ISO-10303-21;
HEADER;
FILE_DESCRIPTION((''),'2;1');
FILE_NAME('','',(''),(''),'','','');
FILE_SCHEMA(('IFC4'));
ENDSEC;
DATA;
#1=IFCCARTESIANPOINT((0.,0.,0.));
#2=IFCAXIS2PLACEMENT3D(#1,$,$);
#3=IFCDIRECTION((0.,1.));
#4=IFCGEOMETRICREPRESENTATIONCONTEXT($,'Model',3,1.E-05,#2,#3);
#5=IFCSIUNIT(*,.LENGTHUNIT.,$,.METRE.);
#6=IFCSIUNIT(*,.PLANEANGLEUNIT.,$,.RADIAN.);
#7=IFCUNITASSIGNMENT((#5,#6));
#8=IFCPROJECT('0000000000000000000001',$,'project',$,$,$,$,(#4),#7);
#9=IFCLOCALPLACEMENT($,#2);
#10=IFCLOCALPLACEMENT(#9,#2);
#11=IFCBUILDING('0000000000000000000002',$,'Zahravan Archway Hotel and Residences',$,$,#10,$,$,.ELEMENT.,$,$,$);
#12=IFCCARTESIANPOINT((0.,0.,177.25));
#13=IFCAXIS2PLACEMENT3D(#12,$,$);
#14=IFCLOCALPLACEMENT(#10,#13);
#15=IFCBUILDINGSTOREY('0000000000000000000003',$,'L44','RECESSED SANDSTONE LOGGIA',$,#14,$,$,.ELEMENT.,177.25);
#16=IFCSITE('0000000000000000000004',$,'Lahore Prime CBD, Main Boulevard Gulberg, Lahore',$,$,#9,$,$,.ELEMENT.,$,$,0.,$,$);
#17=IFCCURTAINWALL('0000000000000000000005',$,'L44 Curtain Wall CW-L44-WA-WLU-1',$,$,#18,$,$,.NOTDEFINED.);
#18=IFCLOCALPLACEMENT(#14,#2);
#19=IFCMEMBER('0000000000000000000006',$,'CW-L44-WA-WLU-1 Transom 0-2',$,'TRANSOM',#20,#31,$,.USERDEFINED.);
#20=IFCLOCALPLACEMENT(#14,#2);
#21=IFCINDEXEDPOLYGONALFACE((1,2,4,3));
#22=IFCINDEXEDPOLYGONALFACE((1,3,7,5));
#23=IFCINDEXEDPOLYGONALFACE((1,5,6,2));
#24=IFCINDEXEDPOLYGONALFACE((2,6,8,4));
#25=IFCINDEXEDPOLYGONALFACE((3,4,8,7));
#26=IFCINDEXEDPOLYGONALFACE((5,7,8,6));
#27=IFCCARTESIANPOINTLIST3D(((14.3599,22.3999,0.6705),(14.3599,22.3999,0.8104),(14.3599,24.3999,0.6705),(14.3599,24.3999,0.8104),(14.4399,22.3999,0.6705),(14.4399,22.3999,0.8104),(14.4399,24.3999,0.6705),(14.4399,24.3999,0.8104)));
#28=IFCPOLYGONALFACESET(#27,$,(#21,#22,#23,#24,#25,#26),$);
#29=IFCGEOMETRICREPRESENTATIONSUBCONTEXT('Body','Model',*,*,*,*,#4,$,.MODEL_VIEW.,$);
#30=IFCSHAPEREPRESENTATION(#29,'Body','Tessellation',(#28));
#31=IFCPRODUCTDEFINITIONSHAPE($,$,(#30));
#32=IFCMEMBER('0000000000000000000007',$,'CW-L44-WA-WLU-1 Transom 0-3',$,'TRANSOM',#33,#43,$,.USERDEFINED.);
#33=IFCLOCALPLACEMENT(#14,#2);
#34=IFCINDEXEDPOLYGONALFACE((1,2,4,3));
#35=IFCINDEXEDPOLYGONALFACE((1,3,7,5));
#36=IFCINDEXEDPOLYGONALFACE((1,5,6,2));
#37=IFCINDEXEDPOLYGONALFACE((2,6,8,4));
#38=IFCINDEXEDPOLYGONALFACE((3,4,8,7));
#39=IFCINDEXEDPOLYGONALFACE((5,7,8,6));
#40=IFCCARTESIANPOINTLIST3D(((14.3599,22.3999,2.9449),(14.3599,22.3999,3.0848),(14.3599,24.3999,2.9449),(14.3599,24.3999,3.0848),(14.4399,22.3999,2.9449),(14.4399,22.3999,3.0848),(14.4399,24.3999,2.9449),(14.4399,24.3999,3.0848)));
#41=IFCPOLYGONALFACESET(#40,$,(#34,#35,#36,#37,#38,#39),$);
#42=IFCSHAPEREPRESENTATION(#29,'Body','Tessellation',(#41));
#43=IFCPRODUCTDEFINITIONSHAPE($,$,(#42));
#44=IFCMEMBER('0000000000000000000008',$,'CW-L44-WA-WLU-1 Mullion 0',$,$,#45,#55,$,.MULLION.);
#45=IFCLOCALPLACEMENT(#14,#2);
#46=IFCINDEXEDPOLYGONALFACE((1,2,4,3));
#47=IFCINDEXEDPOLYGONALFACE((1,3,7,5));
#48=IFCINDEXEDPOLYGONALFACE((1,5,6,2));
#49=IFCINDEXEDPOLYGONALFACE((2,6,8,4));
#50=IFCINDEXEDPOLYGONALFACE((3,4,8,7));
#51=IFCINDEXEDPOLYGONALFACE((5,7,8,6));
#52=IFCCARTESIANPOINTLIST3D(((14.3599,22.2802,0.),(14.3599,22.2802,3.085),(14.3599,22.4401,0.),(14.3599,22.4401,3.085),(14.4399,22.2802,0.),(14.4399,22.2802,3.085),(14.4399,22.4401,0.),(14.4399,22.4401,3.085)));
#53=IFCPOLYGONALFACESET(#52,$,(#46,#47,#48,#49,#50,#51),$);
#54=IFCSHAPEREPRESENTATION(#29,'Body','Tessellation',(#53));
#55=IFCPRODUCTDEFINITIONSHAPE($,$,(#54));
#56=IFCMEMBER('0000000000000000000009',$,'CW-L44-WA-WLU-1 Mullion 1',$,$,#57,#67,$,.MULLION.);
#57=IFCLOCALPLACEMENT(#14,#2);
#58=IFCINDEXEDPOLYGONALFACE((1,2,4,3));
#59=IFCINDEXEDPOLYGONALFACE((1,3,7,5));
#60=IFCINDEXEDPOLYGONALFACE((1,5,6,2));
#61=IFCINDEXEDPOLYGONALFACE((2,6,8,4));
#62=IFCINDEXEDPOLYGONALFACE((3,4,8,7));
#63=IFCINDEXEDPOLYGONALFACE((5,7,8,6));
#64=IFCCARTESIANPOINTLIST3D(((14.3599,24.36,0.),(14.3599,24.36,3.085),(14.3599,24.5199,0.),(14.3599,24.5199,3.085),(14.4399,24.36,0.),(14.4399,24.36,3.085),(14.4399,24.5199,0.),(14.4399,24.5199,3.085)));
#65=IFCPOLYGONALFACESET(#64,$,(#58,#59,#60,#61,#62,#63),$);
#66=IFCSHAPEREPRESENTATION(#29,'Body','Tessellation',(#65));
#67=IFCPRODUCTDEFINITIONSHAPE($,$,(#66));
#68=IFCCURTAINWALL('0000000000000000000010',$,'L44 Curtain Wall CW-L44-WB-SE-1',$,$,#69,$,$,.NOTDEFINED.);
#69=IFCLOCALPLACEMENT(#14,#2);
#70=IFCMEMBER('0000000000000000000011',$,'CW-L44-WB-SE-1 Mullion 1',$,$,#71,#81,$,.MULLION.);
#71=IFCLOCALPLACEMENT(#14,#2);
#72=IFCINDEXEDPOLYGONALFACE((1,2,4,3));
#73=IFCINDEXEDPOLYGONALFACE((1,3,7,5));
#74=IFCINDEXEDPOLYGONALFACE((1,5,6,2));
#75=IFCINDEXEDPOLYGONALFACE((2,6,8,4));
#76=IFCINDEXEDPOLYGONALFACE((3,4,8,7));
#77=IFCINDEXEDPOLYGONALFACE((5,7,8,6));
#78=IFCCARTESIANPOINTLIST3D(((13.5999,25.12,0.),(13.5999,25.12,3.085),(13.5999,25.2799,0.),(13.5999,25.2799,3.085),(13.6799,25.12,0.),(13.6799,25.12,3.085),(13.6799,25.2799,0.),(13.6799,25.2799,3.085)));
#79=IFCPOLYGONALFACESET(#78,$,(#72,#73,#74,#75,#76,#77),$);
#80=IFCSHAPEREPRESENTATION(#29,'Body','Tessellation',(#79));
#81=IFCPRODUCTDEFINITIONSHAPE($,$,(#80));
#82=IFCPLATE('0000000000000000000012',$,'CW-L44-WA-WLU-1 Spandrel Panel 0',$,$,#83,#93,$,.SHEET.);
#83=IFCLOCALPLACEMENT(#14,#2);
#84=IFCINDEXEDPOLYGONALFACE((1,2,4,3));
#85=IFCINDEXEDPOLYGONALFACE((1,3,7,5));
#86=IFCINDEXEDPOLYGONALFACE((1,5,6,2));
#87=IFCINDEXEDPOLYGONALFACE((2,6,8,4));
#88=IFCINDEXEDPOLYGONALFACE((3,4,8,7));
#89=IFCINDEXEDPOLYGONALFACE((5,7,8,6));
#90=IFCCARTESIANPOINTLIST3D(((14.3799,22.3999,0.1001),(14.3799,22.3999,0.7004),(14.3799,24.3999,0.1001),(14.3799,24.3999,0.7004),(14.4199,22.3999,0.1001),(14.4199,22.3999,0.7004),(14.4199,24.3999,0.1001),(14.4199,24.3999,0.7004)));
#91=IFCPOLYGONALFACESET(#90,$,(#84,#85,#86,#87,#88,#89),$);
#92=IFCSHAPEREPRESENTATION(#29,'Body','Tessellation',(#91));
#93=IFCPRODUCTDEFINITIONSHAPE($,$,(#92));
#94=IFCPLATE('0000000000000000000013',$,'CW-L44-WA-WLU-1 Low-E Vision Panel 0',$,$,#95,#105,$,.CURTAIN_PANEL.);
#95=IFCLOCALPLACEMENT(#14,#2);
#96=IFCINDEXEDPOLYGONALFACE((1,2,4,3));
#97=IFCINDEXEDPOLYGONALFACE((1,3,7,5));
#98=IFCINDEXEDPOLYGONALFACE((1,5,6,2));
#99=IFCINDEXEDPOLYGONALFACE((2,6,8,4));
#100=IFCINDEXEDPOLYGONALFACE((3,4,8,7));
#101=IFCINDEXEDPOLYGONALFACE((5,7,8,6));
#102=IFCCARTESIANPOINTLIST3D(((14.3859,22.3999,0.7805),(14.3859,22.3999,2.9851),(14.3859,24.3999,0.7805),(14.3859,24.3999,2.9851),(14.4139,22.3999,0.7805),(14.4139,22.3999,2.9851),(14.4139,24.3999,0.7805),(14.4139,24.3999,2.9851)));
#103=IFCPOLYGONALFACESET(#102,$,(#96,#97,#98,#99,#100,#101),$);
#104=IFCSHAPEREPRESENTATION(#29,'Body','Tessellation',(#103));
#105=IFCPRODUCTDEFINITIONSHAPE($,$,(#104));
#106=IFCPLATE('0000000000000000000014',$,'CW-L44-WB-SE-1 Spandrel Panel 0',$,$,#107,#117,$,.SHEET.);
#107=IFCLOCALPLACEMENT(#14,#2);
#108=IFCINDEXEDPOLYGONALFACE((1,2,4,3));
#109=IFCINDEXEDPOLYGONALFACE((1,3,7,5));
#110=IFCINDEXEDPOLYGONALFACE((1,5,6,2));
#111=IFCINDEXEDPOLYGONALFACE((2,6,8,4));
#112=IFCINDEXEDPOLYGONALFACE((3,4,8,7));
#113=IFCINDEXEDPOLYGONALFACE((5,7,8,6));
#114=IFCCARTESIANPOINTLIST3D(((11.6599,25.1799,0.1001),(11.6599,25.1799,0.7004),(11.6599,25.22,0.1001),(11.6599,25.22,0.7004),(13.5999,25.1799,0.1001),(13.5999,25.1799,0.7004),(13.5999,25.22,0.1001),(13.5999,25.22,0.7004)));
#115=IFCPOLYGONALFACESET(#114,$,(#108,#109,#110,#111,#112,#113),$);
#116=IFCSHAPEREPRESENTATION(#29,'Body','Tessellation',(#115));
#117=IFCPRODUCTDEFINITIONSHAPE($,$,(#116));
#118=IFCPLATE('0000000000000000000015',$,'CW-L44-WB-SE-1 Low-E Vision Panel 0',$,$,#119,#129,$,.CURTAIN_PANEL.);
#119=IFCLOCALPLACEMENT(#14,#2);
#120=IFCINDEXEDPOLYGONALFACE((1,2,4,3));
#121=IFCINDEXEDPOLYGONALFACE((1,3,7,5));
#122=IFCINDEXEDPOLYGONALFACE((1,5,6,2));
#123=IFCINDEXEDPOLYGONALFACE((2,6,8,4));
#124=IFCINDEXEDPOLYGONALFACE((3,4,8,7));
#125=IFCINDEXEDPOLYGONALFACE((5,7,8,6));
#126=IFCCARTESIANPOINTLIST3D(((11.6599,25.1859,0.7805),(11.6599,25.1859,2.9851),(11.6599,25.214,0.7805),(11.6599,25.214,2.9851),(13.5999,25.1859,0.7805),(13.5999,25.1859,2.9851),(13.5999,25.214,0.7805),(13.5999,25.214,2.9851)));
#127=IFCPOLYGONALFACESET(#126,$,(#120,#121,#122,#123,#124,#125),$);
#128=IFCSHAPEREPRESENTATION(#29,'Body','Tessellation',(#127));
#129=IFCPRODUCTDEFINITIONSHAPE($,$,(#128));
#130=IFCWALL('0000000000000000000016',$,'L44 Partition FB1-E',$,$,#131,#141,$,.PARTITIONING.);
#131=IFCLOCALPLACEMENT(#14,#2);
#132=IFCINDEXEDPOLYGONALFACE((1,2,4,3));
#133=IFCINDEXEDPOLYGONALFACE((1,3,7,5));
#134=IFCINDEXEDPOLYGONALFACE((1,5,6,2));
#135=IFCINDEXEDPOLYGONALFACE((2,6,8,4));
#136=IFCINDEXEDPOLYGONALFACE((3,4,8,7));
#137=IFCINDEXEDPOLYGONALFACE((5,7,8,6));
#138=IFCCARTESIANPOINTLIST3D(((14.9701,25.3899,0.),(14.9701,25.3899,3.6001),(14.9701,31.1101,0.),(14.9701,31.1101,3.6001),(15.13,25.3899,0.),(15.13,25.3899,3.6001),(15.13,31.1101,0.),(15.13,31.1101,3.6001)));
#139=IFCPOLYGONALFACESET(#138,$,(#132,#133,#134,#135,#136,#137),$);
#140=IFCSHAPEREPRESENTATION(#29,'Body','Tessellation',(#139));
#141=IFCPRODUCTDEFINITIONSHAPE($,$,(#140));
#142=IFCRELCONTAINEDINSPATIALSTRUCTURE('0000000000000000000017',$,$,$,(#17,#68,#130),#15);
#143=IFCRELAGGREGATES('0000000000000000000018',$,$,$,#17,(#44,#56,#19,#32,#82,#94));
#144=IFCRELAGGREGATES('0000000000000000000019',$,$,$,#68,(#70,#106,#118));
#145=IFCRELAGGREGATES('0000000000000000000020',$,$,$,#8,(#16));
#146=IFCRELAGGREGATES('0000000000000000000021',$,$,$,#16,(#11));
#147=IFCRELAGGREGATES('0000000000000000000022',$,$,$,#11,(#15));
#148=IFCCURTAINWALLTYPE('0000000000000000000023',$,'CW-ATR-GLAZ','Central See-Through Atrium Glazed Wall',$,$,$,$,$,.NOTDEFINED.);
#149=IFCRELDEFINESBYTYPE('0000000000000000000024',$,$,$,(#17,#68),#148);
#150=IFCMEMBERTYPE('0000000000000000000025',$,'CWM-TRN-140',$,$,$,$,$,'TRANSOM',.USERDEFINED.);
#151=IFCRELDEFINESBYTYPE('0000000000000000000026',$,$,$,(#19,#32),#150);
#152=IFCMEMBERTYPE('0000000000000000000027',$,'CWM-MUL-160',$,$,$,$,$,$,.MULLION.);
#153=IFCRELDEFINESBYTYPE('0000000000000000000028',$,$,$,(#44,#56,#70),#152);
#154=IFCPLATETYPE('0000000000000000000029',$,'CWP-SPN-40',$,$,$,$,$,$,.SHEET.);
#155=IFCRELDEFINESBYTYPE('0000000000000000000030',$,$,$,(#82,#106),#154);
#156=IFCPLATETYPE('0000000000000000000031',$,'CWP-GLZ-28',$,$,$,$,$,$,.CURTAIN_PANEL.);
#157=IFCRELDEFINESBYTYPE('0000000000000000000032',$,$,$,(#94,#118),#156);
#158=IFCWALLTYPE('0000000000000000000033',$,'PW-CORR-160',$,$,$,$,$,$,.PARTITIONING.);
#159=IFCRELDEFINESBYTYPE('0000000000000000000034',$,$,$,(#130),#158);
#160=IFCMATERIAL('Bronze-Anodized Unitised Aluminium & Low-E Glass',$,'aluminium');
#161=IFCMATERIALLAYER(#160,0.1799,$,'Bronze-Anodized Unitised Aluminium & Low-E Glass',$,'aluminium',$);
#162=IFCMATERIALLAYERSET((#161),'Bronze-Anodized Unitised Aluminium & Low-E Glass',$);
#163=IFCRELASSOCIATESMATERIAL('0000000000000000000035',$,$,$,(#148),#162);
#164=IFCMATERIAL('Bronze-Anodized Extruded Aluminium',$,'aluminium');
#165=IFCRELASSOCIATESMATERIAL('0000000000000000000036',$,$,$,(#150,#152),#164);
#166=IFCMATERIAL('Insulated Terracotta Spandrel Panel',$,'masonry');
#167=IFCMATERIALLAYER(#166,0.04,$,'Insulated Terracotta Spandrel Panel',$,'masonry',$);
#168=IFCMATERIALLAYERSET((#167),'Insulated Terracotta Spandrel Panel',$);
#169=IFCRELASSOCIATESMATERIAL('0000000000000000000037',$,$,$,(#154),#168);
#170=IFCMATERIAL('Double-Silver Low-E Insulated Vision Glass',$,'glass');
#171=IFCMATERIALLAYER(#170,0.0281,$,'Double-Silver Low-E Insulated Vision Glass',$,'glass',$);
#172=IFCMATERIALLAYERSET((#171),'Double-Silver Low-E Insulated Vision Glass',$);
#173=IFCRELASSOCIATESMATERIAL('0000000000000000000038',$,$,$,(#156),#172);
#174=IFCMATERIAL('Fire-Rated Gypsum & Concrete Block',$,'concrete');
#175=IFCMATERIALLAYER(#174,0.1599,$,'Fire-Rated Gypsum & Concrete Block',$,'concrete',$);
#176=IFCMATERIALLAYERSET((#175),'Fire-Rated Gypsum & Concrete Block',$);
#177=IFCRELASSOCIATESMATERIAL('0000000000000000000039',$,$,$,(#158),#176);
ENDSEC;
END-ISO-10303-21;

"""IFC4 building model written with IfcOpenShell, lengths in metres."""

from ifc_helpers import new_model, si_unit, direction, frame, frame_2d, origin, origin_2d, place, context, subcontext, project, spatial, rectangle, extrude, source, transform, mapped, material, layer, layer_set, material_profile, profile_set, type_object, element, aggregate, save


model = new_model("IFC4")

# Units and contexts
model_context = context("Model", 3, precision=1e-05, world=origin(), true_north=direction((0.0, 1.0)))
body_context = subcontext(model_context, "Body", "Model", "MODEL_VIEW")
ifc_project = project(units=[si_unit("LENGTHUNIT", "METRE"), si_unit("PLANEANGLEUNIT", "RADIAN")], contexts=[model_context])

# Site, building, storey
site_placement = place(None, origin())
site = spatial("IfcSite", under=ifc_project, at=site_placement, Name="Lahore Prime CBD, Main Boulevard Gulberg, Lahore", CompositionType="ELEMENT", RefElevation=0.0)
building_placement = place(site_placement, origin())
building = spatial("IfcBuilding", under=site, at=building_placement, Name="Zahravan Archway Hotel and Residences", CompositionType="ELEMENT")
storey_placement = place(building_placement, frame((0.0, 0.0, 177.25)))
storey = spatial("IfcBuildingStorey", under=building, at=storey_placement, Name="L44", Description="RECESSED SANDSTONE LOGGIA", CompositionType="ELEMENT", Elevation=177.25)

# Curtain wall, members
ifc_material_1 = material(Name="Bronze-Anodized Unitised Aluminium & Low-E Glass", Category="aluminium")
ifc_layer_1 = layer(ifc_material_1, 0.1799, Name="Bronze-Anodized Unitised Aluminium & Low-E Glass", Category="aluminium")
ifc_layer_set_1 = layer_set([ifc_layer_1], Name="Bronze-Anodized Unitised Aluminium & Low-E Glass")
curtain_wall_type = type_object("IfcCurtainWallType", Name="CW-ATR-GLAZ", Description="Central See-Through Atrium Glazed Wall", PredefinedType="NOTDEFINED", material=ifc_layer_set_1)
curtain_wall_1_placement = place(storey_placement, origin())
curtain_wall_1 = element("IfcCurtainWall", 1, at=curtain_wall_1_placement, inside=storey, type_object=curtain_wall_type, Name="L44 Curtain Wall CW-L44-WA-WLU-1", PredefinedType="NOTDEFINED")
ifc_material_2 = material(Name="Bronze-Anodized Extruded Aluminium", Category="aluminium")
ifc_material_profile_1 = material_profile(ifc_material_2, rectangle(XDim=0.0801, YDim=0.1399, at=origin_2d()), Name="TRN 80x140", Category="aluminium")
ifc_profile_set_1 = profile_set([ifc_material_profile_1], Name="Bronze-Anodized Extruded Aluminium")
member_type_1 = type_object("IfcMemberType", Name="CWM-TRN-140", ElementType="TRANSOM", PredefinedType="USERDEFINED", material=ifc_profile_set_1)
shared_shape_1 = source(origin(), body_context, "Body", "SweptSolid", [
    extrude(rectangle(XDim=0.0801, YDim=0.1399, at=origin_2d()), origin(), (0.0, 0.0, 1.0), 2.0),
])
member_1_placement = place(storey_placement, frame((14.3999, 22.3999, 0.7405), z_axis=(0.0, 1.0, 0.0), x_axis=(-1.0, 0.0, 0.0)))
member_1 = element("IfcMember", 2, at=member_1_placement, type_object=member_type_1, Name="CW-L44-WA-WLU-1 Transom 0-2", ObjectType="TRANSOM", PredefinedType="USERDEFINED", context=body_context, shape_type="MappedRepresentation", body=[
    mapped(shared_shape_1, transform((0.0, 0.0, 0.0), scale=1.0)),
])
member_2_placement = place(storey_placement, frame((14.3999, 22.3999, 3.0149), z_axis=(0.0, 1.0, 0.0), x_axis=(-1.0, 0.0, 0.0)))
member_2 = element("IfcMember", 3, at=member_2_placement, type_object=member_type_1, Name="CW-L44-WA-WLU-1 Transom 0-3", ObjectType="TRANSOM", PredefinedType="USERDEFINED", context=body_context, shape_type="MappedRepresentation", body=[
    mapped(shared_shape_1, transform((0.0, 0.0, 0.0), scale=1.0)),
])
ifc_material_profile_2 = material_profile(ifc_material_2, rectangle(XDim=0.0801, YDim=0.1599, at=origin_2d()), Name="MUL 80x160", Category="aluminium")
ifc_profile_set_2 = profile_set([ifc_material_profile_2], Name="Bronze-Anodized Extruded Aluminium")
member_type_2 = type_object("IfcMemberType", Name="CWM-MUL-160", PredefinedType="MULLION", material=ifc_profile_set_2)
shared_shape_2 = source(origin(), body_context, "Body", "SweptSolid", [
    extrude(rectangle(XDim=0.0801, YDim=0.1599, at=origin_2d()), origin(), (0.0, 0.0, 1.0), 3.085),
])
member_3_placement = place(storey_placement, frame((14.3999, 22.3601, 0.0), z_axis=(0.0, 0.0, 1.0), x_axis=(1.0, 0.0, 0.0)))
member_3 = element("IfcMember", 4, at=member_3_placement, type_object=member_type_2, Name="CW-L44-WA-WLU-1 Mullion 0", PredefinedType="MULLION", context=body_context, shape_type="MappedRepresentation", body=[
    mapped(shared_shape_2, transform((0.0, 0.0, 0.0), scale=1.0)),
])
member_4_placement = place(storey_placement, frame((14.3999, 24.4399, 0.0), z_axis=(0.0, 0.0, 1.0), x_axis=(1.0, 0.0, 0.0)))
member_4 = element("IfcMember", 5, at=member_4_placement, type_object=member_type_2, Name="CW-L44-WA-WLU-1 Mullion 1", PredefinedType="MULLION", context=body_context, shape_type="MappedRepresentation", body=[
    mapped(shared_shape_2, transform((0.0, 0.0, 0.0), scale=1.0)),
])

# Curtain wall, member
curtain_wall_2_placement = place(storey_placement, origin())
curtain_wall_2 = element("IfcCurtainWall", 6, at=curtain_wall_2_placement, inside=storey, type_object=curtain_wall_type, Name="L44 Curtain Wall CW-L44-WB-SE-1", PredefinedType="NOTDEFINED")
member_5_placement = place(storey_placement, frame((13.6399, 25.2, 0.0), z_axis=(0.0, 0.0, 1.0), x_axis=(1.0, 0.0, 0.0)))
member_5 = element("IfcMember", 7, at=member_5_placement, type_object=member_type_2, Name="CW-L44-WB-SE-1 Mullion 1", PredefinedType="MULLION", context=body_context, shape_type="MappedRepresentation", body=[
    mapped(shared_shape_2, transform((0.0, 0.0, 0.0), scale=1.0)),
])

# Plates
ifc_material_3 = material(Name="Insulated Terracotta Spandrel Panel", Category="masonry")
ifc_layer_2 = layer(ifc_material_3, 0.04, Name="Insulated Terracotta Spandrel Panel", Category="masonry")
ifc_layer_set_2 = layer_set([ifc_layer_2], Name="Insulated Terracotta Spandrel Panel")
plate_type_1 = type_object("IfcPlateType", Name="CWP-SPN-40", PredefinedType="SHEET", material=ifc_layer_set_2)
shared_shape_3 = source(origin(), body_context, "Body", "SweptSolid", [
    extrude(rectangle(XDim=2.0, YDim=0.04, at=origin_2d()), origin(), (0.0, 0.0, 1.0), 0.6003),
])
plate_1_placement = place(storey_placement, frame((14.3999, 23.3999, 0.1001), z_axis=(0.0, 0.0, 1.0), x_axis=(0.0, 1.0, 0.0)))
plate_1 = element("IfcPlate", 8, at=plate_1_placement, type_object=plate_type_1, Name="CW-L44-WA-WLU-1 Spandrel Panel 0", PredefinedType="SHEET", context=body_context, shape_type="MappedRepresentation", body=[
    mapped(shared_shape_3, transform((0.0, 0.0, 0.0), scale=1.0)),
])
ifc_material_4 = material(Name="Double-Silver Low-E Insulated Vision Glass", Category="glass")
ifc_layer_3 = layer(ifc_material_4, 0.0281, Name="Double-Silver Low-E Insulated Vision Glass", Category="glass")
ifc_layer_set_3 = layer_set([ifc_layer_3], Name="Double-Silver Low-E Insulated Vision Glass")
plate_type_2 = type_object("IfcPlateType", Name="CWP-GLZ-28", PredefinedType="CURTAIN_PANEL", material=ifc_layer_set_3)
shared_shape_4 = source(origin(), body_context, "Body", "SweptSolid", [
    extrude(rectangle(XDim=2.0, YDim=0.0281, at=origin_2d()), origin(), (0.0, 0.0, 1.0), 2.2046),
])
plate_2_placement = place(storey_placement, frame((14.3999, 23.3999, 0.7805), z_axis=(0.0, 0.0, 1.0), x_axis=(0.0, 1.0, 0.0)))
plate_2 = element("IfcPlate", 9, at=plate_2_placement, type_object=plate_type_2, Name="CW-L44-WA-WLU-1 Low-E Vision Panel 0", PredefinedType="CURTAIN_PANEL", context=body_context, shape_type="MappedRepresentation", body=[
    mapped(shared_shape_4, transform((0.0, 0.0, 0.0), scale=1.0)),
])
aggregate(curtain_wall_1, [member_3, member_4, member_1, member_2, plate_1, plate_2])
shared_shape_5 = source(origin(), body_context, "Body", "SweptSolid", [
    extrude(rectangle(XDim=1.9399, YDim=0.04, at=origin_2d()), origin(), (0.0, 0.0, 1.0), 0.6003),
])
plate_3_placement = place(storey_placement, frame((12.6299, 25.2, 0.1001), z_axis=(0.0, 0.0, 1.0), x_axis=(1.0, 0.0, 0.0)))
plate_3 = element("IfcPlate", 10, at=plate_3_placement, type_object=plate_type_1, Name="CW-L44-WB-SE-1 Spandrel Panel 0", PredefinedType="SHEET", context=body_context, shape_type="MappedRepresentation", body=[
    mapped(shared_shape_5, transform((0.0, 0.0, 0.0), scale=1.0)),
])
shared_shape_6 = source(origin(), body_context, "Body", "SweptSolid", [
    extrude(rectangle(XDim=1.9399, YDim=0.0281, at=origin_2d()), origin(), (0.0, 0.0, 1.0), 2.2046),
])
plate_4_placement = place(storey_placement, frame((12.6299, 25.2, 0.7805), z_axis=(0.0, 0.0, 1.0), x_axis=(1.0, 0.0, 0.0)))
plate_4 = element("IfcPlate", 11, at=plate_4_placement, type_object=plate_type_2, Name="CW-L44-WB-SE-1 Low-E Vision Panel 0", PredefinedType="CURTAIN_PANEL", context=body_context, shape_type="MappedRepresentation", body=[
    mapped(shared_shape_6, transform((0.0, 0.0, 0.0), scale=1.0)),
])
aggregate(curtain_wall_2, [member_5, plate_3, plate_4])

# Wall
ifc_material_5 = material(Name="Fire-Rated Gypsum & Concrete Block", Category="concrete")
ifc_layer_4 = layer(ifc_material_5, 0.1599, Name="Fire-Rated Gypsum & Concrete Block", Category="concrete")
ifc_layer_set_4 = layer_set([ifc_layer_4], Name="Fire-Rated Gypsum & Concrete Block")
wall_type = type_object("IfcWallType", Name="PW-CORR-160", PredefinedType="PARTITIONING", material=ifc_layer_set_4)
wall_placement = place(storey_placement, frame((15.05, 25.3899, 0.0), z_axis=(0.0, 0.0, 1.0), x_axis=(0.0, 1.0, 0.0)))
element("IfcWall", 12, at=wall_placement, inside=storey, type_object=wall_type, Name="L44 Partition FB1-E", PredefinedType="PARTITIONING", context=body_context, shape_type="SweptSolid", body=[
    extrude(rectangle(XDim=5.7202, YDim=0.1599, at=frame_2d((2.8601, 0.0))), origin(), (0.0, 0.0, 1.0), 3.6001),
])

save(model, "model.ifc")
